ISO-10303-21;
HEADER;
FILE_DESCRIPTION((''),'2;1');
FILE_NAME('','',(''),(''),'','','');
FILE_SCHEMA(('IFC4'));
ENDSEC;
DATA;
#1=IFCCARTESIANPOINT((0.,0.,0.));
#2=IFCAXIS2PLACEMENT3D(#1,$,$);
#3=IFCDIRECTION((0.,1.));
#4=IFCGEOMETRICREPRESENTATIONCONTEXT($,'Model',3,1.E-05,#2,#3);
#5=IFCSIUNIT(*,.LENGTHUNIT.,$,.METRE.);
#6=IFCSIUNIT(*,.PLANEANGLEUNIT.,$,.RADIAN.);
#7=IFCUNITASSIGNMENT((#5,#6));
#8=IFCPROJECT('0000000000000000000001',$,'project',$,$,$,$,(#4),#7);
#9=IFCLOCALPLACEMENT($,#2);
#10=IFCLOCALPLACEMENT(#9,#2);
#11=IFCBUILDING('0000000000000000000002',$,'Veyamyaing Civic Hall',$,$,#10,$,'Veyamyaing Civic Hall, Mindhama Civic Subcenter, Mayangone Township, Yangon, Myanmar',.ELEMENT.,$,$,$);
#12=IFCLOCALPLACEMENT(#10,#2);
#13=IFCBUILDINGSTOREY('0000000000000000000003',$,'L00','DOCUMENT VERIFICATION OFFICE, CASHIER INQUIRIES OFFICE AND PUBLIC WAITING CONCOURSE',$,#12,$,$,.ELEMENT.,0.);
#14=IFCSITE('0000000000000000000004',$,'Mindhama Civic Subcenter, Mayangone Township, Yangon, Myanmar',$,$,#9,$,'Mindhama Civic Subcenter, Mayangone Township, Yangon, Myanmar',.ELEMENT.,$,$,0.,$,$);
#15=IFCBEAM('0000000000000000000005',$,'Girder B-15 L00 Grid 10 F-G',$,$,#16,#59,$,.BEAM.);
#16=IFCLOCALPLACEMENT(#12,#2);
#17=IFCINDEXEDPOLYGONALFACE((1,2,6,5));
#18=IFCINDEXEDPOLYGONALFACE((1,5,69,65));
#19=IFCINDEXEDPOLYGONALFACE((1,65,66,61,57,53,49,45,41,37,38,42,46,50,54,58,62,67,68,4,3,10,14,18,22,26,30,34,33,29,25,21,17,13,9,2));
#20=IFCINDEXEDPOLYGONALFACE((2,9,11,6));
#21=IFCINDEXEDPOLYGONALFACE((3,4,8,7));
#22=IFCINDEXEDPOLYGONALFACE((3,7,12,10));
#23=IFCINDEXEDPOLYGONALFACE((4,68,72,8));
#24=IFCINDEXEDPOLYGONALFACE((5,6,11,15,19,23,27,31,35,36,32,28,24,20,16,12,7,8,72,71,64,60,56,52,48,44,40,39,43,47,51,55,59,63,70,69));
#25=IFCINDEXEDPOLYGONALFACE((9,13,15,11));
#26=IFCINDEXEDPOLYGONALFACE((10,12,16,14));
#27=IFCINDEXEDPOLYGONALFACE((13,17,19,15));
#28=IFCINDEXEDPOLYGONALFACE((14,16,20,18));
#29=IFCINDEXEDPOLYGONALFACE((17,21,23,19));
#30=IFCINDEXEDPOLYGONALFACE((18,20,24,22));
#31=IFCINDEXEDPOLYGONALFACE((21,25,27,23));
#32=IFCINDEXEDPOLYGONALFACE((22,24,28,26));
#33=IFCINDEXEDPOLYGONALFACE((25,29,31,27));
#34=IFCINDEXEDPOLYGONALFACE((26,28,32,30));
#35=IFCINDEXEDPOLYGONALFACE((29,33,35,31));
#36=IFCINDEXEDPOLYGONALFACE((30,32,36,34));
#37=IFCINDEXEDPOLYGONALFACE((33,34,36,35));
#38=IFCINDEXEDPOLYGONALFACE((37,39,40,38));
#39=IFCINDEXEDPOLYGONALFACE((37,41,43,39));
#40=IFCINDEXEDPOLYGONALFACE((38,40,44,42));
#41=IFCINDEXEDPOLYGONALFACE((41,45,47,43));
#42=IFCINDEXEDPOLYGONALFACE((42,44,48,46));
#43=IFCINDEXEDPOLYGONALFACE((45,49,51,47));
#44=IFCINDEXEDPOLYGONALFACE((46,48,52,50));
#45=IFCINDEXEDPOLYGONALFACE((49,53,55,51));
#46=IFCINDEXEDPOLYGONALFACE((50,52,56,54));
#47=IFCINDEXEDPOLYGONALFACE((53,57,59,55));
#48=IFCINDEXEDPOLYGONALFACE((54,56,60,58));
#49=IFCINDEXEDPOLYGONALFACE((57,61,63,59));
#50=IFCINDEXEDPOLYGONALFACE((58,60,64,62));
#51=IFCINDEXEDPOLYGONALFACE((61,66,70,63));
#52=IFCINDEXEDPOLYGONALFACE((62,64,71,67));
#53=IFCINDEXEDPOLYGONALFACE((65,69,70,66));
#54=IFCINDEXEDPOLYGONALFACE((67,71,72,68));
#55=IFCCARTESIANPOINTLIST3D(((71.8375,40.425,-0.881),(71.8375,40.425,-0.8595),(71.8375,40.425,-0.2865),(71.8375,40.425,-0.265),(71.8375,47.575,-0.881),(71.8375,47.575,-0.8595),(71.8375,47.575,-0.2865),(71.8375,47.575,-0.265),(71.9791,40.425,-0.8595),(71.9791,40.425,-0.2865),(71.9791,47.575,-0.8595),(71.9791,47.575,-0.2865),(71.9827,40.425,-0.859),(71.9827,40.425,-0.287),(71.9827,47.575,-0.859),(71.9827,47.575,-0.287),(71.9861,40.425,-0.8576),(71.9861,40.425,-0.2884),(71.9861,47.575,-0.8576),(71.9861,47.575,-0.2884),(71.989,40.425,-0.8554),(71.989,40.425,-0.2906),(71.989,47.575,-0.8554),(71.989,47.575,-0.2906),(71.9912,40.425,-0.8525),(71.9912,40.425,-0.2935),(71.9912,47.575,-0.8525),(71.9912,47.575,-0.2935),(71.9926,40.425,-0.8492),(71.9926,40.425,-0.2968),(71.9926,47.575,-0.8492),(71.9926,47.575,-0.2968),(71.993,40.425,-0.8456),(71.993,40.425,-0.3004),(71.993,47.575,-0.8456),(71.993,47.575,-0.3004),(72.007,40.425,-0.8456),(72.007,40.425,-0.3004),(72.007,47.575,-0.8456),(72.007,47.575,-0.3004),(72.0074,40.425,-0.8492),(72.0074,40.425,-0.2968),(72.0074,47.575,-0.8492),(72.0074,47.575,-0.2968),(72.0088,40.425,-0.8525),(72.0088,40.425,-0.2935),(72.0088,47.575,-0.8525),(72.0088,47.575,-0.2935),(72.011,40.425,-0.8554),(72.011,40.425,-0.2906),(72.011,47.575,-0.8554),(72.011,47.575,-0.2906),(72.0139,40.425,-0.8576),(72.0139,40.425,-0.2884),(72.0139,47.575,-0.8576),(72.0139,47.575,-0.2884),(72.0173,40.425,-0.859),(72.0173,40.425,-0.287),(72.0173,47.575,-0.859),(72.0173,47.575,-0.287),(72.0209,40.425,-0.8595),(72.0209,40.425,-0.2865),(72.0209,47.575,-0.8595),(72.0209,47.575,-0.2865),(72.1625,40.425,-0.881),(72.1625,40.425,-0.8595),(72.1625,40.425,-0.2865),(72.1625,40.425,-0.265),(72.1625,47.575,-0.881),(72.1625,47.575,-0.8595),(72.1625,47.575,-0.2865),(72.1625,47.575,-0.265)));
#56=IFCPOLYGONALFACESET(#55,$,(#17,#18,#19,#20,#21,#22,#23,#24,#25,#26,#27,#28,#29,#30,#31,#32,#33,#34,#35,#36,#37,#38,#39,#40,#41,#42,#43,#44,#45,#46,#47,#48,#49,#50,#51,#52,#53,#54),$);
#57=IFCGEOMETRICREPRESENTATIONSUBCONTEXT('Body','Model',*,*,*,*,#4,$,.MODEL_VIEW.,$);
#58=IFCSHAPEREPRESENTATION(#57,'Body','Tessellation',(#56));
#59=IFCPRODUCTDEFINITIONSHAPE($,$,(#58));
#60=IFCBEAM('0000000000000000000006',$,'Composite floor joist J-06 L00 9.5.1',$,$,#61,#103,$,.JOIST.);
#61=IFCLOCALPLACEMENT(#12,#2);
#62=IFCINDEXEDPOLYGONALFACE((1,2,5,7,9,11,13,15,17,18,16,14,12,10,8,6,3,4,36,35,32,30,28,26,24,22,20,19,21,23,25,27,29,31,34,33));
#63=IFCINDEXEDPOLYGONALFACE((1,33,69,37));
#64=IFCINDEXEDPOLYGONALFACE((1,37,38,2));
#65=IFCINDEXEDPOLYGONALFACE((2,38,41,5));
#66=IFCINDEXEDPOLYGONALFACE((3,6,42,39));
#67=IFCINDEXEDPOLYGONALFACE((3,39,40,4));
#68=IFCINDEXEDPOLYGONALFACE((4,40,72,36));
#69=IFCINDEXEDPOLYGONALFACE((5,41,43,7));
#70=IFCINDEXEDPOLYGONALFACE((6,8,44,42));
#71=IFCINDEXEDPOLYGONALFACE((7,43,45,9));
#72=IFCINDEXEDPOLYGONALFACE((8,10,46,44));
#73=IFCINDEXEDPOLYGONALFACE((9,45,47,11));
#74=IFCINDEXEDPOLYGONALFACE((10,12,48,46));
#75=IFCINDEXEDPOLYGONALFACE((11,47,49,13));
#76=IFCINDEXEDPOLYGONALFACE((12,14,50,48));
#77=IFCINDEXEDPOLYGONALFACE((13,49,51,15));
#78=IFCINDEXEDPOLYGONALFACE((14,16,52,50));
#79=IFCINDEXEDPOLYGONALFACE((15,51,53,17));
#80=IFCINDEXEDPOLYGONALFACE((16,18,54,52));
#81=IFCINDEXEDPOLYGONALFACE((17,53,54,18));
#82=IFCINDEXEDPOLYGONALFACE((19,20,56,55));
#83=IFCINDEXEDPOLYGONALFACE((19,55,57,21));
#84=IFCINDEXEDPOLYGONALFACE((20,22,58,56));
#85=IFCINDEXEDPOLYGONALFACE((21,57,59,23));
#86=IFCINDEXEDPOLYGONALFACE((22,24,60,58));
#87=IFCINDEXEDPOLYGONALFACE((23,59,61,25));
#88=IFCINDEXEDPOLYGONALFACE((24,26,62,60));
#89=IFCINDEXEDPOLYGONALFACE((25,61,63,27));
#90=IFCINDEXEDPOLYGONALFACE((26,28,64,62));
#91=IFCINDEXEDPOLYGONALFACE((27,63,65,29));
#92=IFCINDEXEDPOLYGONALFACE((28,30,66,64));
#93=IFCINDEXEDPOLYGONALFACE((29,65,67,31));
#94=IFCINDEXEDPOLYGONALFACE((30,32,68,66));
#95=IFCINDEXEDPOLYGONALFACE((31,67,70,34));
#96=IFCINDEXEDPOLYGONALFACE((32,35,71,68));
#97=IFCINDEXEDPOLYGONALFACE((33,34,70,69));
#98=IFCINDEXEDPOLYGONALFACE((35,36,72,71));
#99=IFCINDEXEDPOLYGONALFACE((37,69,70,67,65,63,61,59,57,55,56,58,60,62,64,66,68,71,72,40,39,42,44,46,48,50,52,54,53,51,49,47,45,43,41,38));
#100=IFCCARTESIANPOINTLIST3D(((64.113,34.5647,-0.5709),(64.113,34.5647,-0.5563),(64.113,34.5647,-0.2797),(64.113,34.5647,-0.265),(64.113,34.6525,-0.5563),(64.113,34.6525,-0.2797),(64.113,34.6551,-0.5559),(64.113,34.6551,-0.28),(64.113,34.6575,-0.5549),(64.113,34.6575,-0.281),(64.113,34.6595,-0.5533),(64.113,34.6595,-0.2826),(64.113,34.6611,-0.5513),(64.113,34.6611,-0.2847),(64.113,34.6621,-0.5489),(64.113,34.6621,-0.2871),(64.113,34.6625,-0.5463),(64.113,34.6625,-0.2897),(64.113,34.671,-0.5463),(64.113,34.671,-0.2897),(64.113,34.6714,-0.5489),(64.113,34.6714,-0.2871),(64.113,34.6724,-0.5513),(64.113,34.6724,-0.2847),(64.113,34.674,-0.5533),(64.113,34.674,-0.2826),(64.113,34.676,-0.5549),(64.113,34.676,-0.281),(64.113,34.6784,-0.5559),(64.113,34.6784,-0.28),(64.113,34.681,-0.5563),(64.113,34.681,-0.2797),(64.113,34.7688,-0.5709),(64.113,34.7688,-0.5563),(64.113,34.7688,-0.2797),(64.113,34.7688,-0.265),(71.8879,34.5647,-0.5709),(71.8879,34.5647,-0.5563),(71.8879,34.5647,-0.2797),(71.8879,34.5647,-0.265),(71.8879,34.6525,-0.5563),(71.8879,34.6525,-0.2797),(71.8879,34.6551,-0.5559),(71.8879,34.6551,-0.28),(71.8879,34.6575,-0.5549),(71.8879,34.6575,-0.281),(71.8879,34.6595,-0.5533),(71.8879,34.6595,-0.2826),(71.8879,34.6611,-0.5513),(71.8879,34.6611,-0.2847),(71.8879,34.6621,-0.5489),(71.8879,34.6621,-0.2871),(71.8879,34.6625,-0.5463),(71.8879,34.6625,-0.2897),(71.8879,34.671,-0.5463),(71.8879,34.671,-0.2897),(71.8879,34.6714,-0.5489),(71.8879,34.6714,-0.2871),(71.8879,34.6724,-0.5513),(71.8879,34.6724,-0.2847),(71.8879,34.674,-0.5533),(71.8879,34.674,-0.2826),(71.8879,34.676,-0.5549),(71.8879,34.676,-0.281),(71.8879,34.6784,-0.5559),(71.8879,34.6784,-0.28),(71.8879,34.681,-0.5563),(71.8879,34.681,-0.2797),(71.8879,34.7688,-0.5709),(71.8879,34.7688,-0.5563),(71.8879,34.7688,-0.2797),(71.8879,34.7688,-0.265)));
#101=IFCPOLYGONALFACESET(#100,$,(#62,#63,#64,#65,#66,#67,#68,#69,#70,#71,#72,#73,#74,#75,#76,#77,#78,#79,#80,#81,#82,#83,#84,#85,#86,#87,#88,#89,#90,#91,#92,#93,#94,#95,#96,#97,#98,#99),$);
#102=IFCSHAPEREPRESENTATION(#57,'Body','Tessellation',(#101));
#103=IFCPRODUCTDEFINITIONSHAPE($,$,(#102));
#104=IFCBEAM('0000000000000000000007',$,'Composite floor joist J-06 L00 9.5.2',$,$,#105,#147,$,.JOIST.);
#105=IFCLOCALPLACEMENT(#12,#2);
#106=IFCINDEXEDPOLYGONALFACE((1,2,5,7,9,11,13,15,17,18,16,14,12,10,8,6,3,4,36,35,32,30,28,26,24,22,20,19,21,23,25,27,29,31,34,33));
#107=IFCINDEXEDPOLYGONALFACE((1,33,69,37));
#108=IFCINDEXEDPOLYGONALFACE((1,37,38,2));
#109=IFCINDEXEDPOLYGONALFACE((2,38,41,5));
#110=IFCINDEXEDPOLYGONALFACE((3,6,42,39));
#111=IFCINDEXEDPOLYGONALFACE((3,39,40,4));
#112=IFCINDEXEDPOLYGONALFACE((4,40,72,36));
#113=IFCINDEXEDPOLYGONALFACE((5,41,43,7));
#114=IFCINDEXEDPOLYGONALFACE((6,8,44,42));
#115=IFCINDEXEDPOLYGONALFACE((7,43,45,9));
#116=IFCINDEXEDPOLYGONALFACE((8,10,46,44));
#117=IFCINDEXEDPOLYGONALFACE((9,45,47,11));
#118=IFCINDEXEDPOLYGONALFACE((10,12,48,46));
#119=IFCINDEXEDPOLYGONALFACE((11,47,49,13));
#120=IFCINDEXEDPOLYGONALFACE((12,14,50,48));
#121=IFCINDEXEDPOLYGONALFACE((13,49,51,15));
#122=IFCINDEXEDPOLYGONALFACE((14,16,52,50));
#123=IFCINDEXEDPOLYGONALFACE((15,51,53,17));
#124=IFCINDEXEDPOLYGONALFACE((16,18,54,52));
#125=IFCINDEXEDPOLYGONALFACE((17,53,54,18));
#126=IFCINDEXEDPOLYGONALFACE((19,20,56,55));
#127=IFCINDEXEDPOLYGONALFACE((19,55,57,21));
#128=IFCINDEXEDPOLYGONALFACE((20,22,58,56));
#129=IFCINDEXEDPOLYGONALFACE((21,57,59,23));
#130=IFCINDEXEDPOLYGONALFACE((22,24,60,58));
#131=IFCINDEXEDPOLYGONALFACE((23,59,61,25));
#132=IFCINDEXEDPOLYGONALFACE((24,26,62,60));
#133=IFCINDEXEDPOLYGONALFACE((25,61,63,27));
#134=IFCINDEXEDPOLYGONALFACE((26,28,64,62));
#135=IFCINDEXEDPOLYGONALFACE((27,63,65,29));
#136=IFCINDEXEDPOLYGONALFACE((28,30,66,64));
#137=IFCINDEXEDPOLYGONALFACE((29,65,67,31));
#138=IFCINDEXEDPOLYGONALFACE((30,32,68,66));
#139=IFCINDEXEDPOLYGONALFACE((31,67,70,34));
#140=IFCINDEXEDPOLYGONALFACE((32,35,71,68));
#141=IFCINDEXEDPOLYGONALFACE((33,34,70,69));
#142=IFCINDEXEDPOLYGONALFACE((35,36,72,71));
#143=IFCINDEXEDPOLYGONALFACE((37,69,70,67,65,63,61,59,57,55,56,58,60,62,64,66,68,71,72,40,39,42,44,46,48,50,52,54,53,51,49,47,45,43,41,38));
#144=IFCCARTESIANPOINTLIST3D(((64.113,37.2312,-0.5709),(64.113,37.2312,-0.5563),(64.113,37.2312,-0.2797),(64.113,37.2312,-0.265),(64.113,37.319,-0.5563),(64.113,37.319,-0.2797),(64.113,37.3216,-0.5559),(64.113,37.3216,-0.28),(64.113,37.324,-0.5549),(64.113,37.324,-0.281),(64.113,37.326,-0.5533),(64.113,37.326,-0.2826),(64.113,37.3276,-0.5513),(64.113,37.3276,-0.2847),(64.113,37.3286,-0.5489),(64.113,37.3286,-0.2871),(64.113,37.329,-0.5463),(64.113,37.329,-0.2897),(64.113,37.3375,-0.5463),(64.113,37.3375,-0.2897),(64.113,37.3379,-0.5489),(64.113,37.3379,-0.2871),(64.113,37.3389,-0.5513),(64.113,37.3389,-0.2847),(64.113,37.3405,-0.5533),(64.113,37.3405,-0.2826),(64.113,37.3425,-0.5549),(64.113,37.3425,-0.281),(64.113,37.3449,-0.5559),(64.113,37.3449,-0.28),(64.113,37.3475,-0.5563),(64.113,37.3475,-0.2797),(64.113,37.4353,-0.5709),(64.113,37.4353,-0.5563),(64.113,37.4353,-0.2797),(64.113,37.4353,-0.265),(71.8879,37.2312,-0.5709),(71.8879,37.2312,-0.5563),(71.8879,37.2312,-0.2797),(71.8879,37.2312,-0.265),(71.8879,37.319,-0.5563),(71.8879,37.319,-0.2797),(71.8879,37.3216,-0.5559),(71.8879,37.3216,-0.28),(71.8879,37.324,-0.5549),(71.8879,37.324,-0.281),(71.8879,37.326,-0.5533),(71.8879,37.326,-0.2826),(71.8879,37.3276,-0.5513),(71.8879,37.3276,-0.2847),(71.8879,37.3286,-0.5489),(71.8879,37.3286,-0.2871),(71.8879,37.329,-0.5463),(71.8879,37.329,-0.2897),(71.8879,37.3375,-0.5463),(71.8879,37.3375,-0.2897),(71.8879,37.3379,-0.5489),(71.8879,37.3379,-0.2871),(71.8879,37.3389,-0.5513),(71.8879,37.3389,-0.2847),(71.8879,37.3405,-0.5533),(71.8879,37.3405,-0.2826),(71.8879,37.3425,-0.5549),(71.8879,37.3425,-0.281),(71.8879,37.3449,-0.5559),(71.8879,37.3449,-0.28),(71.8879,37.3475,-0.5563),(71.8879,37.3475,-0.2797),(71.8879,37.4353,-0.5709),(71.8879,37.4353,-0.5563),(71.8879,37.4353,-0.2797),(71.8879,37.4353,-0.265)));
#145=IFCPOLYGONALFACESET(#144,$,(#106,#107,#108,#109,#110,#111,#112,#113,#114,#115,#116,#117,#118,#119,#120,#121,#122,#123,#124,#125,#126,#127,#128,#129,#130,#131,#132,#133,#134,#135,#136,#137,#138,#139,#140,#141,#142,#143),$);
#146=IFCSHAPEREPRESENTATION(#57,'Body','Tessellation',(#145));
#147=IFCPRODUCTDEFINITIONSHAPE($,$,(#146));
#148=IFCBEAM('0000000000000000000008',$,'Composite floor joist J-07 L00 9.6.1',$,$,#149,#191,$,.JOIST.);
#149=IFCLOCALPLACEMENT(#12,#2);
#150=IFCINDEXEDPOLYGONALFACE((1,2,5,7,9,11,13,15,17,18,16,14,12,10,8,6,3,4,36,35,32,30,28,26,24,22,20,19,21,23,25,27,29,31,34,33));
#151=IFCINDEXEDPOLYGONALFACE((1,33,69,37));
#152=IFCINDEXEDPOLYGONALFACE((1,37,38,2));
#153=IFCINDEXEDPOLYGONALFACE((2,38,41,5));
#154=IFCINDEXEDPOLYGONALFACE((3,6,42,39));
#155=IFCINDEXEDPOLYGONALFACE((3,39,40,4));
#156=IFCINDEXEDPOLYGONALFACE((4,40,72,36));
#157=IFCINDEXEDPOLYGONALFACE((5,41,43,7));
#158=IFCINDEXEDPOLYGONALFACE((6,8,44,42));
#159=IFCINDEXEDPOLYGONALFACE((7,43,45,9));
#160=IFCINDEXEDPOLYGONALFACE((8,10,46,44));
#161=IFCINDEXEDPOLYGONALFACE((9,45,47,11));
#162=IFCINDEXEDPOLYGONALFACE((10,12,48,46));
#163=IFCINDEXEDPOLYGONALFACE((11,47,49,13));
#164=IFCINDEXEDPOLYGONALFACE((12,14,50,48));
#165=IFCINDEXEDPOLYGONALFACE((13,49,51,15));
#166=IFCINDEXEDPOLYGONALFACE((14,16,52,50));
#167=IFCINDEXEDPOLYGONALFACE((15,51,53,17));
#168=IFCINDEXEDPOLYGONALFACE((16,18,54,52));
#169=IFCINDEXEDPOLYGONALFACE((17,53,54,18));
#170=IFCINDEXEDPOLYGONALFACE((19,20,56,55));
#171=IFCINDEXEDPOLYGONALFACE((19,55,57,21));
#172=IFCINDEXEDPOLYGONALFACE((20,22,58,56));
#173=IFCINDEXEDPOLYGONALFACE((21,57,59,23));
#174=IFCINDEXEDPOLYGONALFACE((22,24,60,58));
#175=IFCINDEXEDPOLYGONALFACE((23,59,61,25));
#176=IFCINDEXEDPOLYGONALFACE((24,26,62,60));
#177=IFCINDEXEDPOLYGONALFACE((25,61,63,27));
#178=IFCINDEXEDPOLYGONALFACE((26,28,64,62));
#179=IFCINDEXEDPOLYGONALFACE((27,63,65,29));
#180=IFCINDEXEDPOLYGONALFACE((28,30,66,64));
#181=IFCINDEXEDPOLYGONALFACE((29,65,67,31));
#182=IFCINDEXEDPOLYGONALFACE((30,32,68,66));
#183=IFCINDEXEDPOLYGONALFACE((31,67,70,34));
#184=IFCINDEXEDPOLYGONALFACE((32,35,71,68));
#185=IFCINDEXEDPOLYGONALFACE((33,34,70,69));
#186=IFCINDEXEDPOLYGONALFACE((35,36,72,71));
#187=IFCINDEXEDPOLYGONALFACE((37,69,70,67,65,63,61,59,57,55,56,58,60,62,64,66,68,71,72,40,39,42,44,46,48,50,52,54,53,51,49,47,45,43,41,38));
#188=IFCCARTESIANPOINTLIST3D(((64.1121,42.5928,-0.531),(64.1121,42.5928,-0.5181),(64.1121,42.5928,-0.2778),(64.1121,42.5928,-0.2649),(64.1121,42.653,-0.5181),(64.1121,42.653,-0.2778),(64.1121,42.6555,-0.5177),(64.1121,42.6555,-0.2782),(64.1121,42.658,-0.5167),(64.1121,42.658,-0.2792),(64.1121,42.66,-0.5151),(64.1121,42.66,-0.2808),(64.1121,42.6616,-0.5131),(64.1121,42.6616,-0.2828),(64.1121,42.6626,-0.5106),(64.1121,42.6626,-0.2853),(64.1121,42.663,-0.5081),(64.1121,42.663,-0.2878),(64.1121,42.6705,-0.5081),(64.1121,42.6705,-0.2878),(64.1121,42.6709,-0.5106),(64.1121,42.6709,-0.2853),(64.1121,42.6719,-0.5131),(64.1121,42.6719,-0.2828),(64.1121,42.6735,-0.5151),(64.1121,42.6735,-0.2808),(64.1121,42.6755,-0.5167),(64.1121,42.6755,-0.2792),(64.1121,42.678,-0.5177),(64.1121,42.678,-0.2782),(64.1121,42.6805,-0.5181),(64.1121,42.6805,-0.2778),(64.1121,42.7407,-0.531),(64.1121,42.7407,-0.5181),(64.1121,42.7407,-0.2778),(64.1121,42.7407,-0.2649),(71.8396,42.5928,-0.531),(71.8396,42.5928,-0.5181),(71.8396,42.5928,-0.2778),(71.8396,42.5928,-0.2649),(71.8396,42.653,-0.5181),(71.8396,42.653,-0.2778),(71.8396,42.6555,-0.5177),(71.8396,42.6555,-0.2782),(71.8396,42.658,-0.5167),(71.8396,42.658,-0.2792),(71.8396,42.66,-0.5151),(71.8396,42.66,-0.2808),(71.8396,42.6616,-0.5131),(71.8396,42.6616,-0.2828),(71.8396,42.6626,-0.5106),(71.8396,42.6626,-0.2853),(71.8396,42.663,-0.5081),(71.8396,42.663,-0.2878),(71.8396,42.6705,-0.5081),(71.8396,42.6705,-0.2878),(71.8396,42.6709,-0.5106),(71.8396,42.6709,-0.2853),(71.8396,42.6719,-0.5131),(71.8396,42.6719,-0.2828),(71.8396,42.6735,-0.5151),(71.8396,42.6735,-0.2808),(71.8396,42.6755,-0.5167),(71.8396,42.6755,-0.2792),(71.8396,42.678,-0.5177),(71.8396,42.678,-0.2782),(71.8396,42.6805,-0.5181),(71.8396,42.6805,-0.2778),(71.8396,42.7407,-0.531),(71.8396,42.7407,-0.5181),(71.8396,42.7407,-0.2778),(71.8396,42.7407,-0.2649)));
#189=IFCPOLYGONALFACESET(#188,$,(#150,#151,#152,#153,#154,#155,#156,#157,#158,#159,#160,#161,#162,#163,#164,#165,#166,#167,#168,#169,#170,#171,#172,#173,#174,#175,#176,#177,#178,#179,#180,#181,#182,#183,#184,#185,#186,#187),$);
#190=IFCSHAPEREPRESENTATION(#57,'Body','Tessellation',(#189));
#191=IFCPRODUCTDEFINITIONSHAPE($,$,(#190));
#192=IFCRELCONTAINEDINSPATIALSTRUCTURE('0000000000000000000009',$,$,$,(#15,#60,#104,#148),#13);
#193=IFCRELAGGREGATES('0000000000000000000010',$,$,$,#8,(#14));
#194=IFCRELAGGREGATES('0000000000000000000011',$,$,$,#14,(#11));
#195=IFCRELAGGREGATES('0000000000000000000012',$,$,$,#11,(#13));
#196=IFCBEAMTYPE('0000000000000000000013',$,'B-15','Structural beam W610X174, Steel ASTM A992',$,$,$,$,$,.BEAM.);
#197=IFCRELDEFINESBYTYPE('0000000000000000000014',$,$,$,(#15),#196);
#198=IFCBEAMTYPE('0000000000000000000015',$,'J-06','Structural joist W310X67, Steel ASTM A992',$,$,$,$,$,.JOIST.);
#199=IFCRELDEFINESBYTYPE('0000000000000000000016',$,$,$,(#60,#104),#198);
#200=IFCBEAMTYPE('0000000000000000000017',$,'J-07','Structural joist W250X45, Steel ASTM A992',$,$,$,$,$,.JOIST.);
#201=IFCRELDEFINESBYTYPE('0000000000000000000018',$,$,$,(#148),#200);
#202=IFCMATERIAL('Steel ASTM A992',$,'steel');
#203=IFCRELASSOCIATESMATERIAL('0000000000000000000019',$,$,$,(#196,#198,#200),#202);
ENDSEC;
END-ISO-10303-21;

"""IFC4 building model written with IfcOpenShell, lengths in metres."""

from ifc_helpers import new_model, si_unit, direction, frame, origin, origin_2d, place, context, subcontext, project, spatial, i_section, extrude, material, material_profile, profile_set, type_object, element, save


model = new_model("IFC4")

# Units and contexts
model_context = context("Model", 3, precision=1e-05, world=origin(), true_north=direction((0.0, 1.0)))
body_context = subcontext(model_context, "Body", "Model", "MODEL_VIEW")
ifc_project = project(units=[si_unit("LENGTHUNIT", "METRE"), si_unit("PLANEANGLEUNIT", "RADIAN")], contexts=[model_context])

# Site, building, storey
site_placement = place(None, origin())
site = spatial("IfcSite", under=ifc_project, at=site_placement, Name="Mindhama Civic Subcenter, Mayangone Township, Yangon, Myanmar", LongName="Mindhama Civic Subcenter, Mayangone Township, Yangon, Myanmar", CompositionType="ELEMENT", RefElevation=0.0)
building_placement = place(site_placement, origin())
building = spatial("IfcBuilding", under=site, at=building_placement, Name="Veyamyaing Civic Hall", LongName="Veyamyaing Civic Hall, Mindhama Civic Subcenter, Mayangone Township, Yangon, Myanmar", CompositionType="ELEMENT")
storey_placement = place(building_placement, origin())
storey = spatial("IfcBuildingStorey", under=building, at=storey_placement, Name="L00", Description="DOCUMENT VERIFICATION OFFICE, CASHIER INQUIRIES OFFICE AND PUBLIC WAITING CONCOURSE", CompositionType="ELEMENT", Elevation=0.0)

# Beams
ifc_material_1 = material(Name="Steel ASTM A992", Category="steel")
ifc_material_profile_1 = material_profile(ifc_material_1, i_section(OverallWidth=0.325, OverallDepth=0.616, WebThickness=0.0139, FlangeThickness=0.0215, FilletRadius=0.0139, at=origin_2d()), Name="W610X174")
ifc_profile_set_1 = profile_set([ifc_material_profile_1], Name="Steel ASTM A992")
beam_type_1 = type_object("IfcBeamType", Name="B-15", Description="Structural beam W610X174, Steel ASTM A992", PredefinedType="BEAM", material=ifc_profile_set_1)
beam_1_placement = place(storey_placement, frame((72.0, 40.425, -0.573), z_axis=(0.0, 1.0, 0.0), x_axis=(-1.0, 0.0, 0.0)))
element("IfcBeam", 1, at=beam_1_placement, inside=storey, type_object=beam_type_1, Name="Girder B-15 L00 Grid 10 F-G", PredefinedType="BEAM", context=body_context, shape_type="SweptSolid", body=[
    extrude(i_section(OverallWidth=0.325, OverallDepth=0.616, WebThickness=0.0139, FlangeThickness=0.0215, FilletRadius=0.0139, at=origin_2d()), origin(), (0.0, 0.0, 1.0), 7.1499),
])
ifc_material_profile_2 = material_profile(ifc_material_1, i_section(OverallWidth=0.2041, OverallDepth=0.3059, WebThickness=0.0085, FlangeThickness=0.0146, FilletRadius=0.01, at=origin_2d()), Name="W310X67")
ifc_profile_set_2 = profile_set([ifc_material_profile_2], Name="Steel ASTM A992")
beam_type_2 = type_object("IfcBeamType", Name="J-06", Description="Structural joist W310X67, Steel ASTM A992", PredefinedType="JOIST", material=ifc_profile_set_2)
for number, where, z_axis, x_axis, name in (
    (2, (64.113, 34.6667, -0.418), (1.0, 0.0, 0.0), (0.0, 1.0, 0.0), "Composite floor joist J-06 L00 9.5.1"),
    (3, (64.113, 37.3333, -0.418), (1.0, 0.0, 0.0), (0.0, 1.0, 0.0), "Composite floor joist J-06 L00 9.5.2"),
):
    element("IfcBeam", number, at=place(storey_placement, frame(where, z_axis=z_axis, x_axis=x_axis)), inside=storey, type_object=beam_type_2, Name=name, PredefinedType="JOIST", context=body_context, shape_type="SweptSolid", body=[
        extrude(i_section(OverallWidth=0.2041, OverallDepth=0.3059, WebThickness=0.0085, FlangeThickness=0.0146, FilletRadius=0.01, at=origin_2d()), origin(), (0.0, 0.0, 1.0), 7.7749),
    ])
ifc_material_profile_3 = material_profile(ifc_material_1, i_section(OverallWidth=0.1479, OverallDepth=0.2661, WebThickness=0.0076, FlangeThickness=0.0129, FilletRadius=0.01, at=origin_2d()), Name="W250X45")
ifc_profile_set_3 = profile_set([ifc_material_profile_3], Name="Steel ASTM A992")
beam_type_3 = type_object("IfcBeamType", Name="J-07", Description="Structural joist W250X45, Steel ASTM A992", PredefinedType="JOIST", material=ifc_profile_set_3)
for number, where, z_axis, x_axis, name in (
    (4, (64.1121, 42.6667, -0.3979), (1.0, 0.0, 0.0), (0.0, 1.0, 0.0), "Composite floor joist J-07 L00 9.6.1"),
):
    element("IfcBeam", number, at=place(storey_placement, frame(where, z_axis=z_axis, x_axis=x_axis)), inside=storey, type_object=beam_type_3, Name=name, PredefinedType="JOIST", context=body_context, shape_type="SweptSolid", body=[
        extrude(i_section(OverallWidth=0.1479, OverallDepth=0.2661, WebThickness=0.0076, FlangeThickness=0.0129, FilletRadius=0.01, at=origin_2d()), origin(), (0.0, 0.0, 1.0), 7.7275),
    ])

save(model, "model.ifc")
